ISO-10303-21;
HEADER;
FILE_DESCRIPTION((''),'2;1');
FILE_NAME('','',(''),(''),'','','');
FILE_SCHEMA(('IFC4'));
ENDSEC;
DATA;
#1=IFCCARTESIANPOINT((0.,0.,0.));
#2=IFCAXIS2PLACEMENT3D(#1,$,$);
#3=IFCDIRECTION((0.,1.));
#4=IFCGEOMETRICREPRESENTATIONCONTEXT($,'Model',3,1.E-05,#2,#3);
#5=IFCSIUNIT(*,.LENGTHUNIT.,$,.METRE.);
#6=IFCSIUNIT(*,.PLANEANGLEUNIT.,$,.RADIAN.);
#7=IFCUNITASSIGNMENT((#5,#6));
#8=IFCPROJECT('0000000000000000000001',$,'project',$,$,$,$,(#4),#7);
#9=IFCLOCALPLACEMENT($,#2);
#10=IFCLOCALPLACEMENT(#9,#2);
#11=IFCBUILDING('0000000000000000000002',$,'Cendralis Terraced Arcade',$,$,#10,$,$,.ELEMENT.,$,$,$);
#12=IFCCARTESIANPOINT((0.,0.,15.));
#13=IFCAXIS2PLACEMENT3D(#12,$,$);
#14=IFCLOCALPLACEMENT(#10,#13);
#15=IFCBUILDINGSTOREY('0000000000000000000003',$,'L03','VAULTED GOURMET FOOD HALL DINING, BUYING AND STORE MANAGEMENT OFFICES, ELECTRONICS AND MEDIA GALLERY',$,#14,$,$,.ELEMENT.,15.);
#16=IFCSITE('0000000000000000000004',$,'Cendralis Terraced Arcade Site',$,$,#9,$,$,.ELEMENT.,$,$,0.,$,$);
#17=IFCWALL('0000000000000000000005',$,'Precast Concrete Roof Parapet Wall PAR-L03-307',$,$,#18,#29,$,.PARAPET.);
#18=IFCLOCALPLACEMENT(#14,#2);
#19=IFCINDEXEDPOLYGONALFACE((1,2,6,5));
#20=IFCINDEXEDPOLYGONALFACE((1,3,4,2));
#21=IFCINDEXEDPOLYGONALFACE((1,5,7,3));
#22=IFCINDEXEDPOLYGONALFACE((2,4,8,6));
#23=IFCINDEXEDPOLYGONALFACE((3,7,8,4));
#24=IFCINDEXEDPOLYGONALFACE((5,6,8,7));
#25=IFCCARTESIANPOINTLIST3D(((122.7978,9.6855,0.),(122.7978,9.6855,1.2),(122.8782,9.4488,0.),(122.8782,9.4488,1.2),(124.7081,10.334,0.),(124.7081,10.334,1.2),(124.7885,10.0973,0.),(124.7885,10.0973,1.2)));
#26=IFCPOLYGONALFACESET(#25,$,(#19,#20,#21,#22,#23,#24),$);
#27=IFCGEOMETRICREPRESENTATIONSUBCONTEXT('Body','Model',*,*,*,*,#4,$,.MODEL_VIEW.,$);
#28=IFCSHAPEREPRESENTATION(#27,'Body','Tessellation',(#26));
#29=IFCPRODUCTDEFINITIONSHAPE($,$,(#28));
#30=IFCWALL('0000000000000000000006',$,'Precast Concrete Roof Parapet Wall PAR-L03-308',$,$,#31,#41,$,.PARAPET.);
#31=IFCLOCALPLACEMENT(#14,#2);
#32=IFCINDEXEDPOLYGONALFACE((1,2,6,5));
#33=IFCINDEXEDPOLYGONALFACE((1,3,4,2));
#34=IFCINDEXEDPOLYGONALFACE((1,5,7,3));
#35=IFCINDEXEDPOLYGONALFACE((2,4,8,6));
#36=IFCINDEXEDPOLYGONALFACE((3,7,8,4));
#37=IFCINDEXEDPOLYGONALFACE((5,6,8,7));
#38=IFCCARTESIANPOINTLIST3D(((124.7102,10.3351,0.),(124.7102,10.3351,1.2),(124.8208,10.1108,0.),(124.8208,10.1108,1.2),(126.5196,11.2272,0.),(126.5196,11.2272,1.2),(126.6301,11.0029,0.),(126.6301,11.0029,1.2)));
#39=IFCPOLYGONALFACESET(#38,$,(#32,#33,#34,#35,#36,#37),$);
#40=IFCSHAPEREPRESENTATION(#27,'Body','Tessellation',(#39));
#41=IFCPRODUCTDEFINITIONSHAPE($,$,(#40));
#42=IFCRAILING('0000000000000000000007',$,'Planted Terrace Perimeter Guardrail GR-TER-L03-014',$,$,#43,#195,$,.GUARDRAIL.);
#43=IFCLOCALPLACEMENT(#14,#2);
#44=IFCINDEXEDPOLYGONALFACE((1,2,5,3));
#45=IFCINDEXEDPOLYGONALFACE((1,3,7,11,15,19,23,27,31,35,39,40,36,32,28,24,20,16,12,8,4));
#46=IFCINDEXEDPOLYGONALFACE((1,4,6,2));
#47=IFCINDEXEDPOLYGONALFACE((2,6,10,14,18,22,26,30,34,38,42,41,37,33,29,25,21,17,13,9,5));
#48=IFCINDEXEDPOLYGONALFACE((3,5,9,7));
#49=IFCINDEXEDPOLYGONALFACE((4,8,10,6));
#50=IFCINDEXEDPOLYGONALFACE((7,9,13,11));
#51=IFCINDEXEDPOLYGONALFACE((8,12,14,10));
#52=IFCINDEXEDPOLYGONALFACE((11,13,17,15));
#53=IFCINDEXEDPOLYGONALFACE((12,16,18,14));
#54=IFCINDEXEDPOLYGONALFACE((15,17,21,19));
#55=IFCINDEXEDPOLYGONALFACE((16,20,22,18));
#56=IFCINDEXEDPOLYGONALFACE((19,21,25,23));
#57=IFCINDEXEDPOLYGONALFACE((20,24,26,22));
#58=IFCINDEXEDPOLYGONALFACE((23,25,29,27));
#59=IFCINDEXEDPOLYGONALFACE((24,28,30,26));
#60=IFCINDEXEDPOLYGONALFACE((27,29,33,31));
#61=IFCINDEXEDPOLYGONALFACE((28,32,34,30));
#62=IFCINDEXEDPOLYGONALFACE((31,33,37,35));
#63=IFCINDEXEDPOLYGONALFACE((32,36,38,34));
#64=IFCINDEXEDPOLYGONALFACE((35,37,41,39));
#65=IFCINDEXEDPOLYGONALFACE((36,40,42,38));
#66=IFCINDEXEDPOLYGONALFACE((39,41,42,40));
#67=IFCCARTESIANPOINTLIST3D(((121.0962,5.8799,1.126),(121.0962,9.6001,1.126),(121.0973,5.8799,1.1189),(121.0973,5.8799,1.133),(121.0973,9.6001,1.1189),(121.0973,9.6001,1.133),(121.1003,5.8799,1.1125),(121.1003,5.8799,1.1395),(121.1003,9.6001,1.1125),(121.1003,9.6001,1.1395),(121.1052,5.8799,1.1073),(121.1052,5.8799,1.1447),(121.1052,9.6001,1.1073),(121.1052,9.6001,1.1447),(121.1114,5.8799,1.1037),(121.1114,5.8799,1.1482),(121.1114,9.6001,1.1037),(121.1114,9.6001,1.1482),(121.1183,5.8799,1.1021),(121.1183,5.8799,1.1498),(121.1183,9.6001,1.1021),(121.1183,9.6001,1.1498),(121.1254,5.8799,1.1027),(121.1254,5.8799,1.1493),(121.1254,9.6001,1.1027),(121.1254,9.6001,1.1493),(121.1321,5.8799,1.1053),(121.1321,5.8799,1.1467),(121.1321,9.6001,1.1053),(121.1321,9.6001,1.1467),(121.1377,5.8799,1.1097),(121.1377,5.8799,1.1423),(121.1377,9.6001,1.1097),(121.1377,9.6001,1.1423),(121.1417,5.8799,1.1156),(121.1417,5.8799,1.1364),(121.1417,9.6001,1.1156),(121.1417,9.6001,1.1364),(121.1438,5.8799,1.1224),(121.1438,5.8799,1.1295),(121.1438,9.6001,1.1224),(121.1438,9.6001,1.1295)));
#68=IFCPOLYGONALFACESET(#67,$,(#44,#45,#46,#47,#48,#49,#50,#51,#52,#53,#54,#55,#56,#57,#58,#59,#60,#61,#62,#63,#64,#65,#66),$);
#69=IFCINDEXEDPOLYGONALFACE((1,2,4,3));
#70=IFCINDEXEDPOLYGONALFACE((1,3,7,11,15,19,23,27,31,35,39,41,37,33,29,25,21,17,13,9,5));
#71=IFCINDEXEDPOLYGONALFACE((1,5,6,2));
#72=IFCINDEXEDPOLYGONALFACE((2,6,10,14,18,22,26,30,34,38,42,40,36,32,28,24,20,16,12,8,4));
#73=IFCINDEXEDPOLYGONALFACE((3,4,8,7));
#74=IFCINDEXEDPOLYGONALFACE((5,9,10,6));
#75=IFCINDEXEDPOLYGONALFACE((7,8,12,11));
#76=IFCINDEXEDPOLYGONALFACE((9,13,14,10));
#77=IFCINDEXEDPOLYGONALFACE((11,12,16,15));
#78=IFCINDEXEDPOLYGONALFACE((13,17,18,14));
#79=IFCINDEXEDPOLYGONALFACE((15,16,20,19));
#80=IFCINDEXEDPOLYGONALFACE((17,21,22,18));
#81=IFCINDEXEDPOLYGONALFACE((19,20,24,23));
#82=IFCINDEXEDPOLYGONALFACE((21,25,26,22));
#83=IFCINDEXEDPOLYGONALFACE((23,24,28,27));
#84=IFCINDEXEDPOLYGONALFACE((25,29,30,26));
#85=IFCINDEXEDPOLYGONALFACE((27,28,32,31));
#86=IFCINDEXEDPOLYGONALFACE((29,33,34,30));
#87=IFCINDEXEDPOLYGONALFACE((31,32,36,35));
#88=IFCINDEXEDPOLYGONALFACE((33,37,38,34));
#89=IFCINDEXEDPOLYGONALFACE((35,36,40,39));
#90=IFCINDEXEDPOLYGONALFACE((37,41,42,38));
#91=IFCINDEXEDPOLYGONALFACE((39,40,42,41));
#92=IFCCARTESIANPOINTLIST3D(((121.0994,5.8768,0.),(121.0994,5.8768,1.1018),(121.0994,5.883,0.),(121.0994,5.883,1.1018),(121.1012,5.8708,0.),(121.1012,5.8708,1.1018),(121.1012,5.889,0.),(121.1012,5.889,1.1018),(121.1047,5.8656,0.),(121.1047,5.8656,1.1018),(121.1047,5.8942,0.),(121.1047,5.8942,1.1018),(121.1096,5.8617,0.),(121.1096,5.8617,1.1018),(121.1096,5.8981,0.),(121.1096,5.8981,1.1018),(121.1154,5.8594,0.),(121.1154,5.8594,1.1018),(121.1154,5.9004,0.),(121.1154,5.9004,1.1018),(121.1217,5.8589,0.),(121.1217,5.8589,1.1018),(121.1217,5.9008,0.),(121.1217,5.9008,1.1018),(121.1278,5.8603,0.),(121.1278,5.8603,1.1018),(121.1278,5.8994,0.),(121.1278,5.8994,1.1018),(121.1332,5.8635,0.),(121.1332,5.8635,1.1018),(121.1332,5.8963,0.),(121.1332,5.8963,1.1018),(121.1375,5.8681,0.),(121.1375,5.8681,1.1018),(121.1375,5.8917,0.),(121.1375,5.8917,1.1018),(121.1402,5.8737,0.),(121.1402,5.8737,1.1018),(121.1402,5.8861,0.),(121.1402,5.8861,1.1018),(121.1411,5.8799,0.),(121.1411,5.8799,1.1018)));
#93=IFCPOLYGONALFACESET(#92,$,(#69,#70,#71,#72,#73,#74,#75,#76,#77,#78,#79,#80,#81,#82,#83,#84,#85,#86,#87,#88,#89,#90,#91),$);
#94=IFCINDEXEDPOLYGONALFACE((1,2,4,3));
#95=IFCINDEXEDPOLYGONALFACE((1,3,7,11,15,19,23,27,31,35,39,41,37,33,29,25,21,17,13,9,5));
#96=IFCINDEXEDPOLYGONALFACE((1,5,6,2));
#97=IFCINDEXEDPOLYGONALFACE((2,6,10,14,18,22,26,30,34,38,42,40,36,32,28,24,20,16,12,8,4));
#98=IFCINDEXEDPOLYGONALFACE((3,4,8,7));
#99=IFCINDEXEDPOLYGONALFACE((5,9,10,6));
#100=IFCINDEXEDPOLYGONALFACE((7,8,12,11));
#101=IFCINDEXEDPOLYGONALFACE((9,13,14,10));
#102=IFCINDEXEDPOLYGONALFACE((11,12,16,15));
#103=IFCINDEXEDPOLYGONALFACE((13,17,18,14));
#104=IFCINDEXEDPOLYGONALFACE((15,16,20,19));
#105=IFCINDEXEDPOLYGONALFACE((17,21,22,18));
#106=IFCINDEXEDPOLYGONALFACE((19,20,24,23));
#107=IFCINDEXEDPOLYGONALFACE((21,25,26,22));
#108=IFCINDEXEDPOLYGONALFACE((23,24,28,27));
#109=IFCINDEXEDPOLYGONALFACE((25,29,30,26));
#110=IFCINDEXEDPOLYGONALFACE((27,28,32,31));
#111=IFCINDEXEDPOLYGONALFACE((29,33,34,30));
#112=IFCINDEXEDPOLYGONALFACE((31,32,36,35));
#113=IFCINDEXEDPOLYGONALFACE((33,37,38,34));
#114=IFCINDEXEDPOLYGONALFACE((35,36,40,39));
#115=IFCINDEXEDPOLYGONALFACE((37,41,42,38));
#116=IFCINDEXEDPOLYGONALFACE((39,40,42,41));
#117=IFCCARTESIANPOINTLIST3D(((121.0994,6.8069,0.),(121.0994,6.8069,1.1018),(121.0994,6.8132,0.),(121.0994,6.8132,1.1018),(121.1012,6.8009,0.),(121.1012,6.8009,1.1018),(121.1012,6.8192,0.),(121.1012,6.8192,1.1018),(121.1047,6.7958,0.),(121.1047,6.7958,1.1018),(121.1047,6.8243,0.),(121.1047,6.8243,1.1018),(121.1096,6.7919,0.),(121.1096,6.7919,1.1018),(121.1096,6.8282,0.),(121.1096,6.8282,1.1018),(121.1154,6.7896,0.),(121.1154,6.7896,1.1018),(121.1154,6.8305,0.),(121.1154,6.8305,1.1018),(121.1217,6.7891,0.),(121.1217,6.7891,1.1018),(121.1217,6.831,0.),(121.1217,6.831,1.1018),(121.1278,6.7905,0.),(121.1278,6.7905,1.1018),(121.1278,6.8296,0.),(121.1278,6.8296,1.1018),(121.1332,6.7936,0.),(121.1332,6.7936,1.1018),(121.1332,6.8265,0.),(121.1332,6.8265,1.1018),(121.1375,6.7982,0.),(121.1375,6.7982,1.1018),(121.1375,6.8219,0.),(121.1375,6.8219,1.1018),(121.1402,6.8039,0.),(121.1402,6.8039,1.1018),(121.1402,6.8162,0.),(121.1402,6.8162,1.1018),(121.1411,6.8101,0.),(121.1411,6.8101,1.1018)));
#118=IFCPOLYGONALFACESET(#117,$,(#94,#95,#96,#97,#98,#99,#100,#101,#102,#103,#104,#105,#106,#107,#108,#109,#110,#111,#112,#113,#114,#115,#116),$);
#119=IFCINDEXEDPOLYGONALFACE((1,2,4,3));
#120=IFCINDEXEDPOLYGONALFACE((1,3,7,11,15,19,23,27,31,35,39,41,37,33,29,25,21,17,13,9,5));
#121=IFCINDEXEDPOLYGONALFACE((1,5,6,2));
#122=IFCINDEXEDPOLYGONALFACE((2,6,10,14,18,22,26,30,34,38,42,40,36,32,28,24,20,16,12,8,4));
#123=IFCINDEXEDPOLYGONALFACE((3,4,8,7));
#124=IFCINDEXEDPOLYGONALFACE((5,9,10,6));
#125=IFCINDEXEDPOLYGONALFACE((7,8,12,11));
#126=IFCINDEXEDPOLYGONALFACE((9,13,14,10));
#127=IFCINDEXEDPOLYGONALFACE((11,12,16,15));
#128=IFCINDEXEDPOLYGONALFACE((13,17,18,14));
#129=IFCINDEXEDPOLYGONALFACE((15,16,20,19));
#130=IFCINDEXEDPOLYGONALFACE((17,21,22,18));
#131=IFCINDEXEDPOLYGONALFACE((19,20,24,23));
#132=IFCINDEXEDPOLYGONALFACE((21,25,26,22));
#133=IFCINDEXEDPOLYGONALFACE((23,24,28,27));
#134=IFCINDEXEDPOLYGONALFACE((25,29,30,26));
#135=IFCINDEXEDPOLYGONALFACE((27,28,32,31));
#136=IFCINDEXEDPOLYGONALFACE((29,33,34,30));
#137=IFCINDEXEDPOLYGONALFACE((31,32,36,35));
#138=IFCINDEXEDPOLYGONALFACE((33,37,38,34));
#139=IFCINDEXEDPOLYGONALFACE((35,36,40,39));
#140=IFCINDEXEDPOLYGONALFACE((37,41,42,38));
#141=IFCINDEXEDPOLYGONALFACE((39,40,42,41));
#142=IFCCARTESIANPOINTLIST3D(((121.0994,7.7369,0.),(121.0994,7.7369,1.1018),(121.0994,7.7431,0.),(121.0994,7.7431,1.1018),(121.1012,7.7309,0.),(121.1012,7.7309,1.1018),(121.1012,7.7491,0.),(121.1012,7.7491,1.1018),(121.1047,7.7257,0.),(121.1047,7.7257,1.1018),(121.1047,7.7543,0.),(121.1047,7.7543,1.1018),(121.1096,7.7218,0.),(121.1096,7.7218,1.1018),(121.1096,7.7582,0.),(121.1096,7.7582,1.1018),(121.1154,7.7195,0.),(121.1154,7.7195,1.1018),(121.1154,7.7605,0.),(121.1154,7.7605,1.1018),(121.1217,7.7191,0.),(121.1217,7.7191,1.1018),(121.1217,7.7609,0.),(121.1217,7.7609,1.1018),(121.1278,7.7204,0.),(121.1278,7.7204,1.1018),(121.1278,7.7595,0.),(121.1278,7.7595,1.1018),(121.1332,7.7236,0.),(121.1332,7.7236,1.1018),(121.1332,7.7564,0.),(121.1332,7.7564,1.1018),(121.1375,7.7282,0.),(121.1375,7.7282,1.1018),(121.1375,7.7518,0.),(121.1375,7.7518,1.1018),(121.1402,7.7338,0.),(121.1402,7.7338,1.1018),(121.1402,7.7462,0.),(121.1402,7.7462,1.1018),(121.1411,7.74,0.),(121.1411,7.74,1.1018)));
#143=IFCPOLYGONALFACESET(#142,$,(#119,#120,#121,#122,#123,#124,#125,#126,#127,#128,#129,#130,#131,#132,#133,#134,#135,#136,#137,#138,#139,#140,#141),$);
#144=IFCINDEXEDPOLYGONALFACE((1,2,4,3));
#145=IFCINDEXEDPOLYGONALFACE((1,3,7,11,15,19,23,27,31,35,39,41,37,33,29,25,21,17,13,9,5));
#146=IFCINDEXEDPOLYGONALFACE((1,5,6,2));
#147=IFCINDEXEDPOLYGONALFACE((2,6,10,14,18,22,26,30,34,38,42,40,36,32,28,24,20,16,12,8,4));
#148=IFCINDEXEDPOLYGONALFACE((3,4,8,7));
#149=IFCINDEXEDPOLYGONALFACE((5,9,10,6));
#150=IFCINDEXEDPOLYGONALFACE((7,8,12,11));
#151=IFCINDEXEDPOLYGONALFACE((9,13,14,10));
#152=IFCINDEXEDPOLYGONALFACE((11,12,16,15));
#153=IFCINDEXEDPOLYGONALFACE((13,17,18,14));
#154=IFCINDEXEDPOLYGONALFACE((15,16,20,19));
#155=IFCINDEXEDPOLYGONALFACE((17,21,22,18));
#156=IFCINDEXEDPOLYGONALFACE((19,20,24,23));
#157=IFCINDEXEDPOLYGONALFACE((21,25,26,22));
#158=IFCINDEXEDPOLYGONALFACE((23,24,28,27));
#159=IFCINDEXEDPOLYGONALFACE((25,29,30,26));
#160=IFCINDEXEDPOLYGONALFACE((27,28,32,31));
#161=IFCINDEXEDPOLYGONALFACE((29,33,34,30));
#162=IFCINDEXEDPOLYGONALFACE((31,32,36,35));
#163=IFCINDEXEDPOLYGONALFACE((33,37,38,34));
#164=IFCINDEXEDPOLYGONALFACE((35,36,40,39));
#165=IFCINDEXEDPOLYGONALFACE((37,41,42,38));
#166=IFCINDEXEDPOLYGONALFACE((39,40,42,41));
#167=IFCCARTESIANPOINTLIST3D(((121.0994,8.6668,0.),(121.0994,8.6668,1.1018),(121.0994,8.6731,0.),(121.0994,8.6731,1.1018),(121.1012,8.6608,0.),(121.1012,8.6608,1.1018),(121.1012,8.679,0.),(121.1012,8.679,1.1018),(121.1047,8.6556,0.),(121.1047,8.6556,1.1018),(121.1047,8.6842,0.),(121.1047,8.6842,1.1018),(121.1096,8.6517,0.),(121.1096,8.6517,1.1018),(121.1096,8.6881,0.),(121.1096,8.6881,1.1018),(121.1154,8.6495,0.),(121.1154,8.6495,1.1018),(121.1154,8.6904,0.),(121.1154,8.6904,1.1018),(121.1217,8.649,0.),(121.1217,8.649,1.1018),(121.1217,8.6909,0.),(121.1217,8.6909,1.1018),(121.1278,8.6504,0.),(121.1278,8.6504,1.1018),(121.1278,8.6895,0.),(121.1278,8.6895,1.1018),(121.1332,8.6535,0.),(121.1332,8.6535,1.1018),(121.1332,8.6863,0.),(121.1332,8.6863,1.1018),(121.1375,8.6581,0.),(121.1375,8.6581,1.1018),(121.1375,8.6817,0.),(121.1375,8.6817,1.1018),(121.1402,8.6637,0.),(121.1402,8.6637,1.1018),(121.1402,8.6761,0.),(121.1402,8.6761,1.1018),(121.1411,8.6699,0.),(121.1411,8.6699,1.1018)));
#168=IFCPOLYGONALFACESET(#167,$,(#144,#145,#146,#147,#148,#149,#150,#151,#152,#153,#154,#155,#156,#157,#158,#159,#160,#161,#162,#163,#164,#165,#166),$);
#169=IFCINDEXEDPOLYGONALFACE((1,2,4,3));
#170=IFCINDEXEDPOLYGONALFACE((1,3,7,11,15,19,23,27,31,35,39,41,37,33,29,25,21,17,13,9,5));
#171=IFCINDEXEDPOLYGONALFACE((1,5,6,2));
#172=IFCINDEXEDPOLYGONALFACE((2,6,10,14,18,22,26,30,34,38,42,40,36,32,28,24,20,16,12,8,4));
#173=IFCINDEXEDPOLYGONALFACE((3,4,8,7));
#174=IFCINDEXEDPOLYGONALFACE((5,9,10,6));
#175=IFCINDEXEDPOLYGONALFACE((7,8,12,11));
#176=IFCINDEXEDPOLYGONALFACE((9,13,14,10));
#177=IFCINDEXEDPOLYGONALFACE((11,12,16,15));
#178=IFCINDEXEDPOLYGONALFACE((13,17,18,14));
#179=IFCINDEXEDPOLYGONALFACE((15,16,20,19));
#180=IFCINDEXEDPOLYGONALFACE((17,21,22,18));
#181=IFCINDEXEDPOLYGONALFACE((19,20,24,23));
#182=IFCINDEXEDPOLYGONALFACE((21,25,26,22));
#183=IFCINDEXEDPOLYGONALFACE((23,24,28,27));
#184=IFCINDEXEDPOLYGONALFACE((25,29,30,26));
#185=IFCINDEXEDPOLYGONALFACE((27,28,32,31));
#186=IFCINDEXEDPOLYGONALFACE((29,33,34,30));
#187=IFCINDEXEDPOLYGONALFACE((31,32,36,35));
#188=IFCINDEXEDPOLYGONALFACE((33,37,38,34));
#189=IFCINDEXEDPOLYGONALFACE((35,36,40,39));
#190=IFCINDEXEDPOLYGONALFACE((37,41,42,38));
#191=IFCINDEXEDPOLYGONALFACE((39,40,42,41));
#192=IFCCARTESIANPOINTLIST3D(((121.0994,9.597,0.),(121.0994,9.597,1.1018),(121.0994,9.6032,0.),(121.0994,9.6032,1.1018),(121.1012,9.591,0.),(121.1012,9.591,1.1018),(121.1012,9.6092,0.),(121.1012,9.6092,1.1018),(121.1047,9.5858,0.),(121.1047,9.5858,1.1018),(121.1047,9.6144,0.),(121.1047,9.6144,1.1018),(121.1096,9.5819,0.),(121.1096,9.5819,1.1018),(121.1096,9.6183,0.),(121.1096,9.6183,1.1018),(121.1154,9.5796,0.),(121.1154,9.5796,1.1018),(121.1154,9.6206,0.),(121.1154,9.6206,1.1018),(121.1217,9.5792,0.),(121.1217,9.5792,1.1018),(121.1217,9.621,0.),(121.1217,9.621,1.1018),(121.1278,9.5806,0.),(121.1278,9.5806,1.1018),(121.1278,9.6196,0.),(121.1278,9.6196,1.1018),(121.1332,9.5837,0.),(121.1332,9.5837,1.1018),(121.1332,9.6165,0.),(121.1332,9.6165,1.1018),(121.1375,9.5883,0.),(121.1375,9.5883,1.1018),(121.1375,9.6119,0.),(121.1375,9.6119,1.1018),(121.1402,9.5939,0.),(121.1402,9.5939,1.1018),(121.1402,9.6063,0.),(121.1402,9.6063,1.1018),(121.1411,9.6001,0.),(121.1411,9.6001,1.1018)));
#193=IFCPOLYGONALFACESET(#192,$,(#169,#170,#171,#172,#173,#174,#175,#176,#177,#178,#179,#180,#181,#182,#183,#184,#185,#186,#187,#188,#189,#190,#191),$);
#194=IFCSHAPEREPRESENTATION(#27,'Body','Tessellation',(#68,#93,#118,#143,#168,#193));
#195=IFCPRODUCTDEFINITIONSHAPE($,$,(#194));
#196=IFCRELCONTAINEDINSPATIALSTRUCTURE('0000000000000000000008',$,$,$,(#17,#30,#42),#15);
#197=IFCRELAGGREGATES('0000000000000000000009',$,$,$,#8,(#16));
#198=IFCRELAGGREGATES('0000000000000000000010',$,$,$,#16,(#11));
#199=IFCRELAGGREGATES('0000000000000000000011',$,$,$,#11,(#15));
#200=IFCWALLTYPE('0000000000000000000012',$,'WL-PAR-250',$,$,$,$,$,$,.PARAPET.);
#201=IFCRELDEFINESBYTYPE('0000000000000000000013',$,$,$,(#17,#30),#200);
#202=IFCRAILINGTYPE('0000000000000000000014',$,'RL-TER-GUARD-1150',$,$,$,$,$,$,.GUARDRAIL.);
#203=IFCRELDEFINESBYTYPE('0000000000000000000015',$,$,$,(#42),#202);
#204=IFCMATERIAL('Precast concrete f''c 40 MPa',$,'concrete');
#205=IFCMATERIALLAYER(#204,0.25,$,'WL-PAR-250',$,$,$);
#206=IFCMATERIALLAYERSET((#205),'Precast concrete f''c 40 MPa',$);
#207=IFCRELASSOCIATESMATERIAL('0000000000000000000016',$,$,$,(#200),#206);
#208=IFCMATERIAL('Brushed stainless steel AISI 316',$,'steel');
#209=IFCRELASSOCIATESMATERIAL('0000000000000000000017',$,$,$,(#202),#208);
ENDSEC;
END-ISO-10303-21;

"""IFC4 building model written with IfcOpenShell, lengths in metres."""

from ifc_helpers import new_model, si_unit, direction, frame, frame_2d, origin, origin_2d, place, context, subcontext, project, spatial, rectangle, circle, extrude, material, layer, layer_set, type_object, element, save


model = new_model("IFC4")

# Units and contexts
model_context = context("Model", 3, precision=1e-05, world=origin(), true_north=direction((0.0, 1.0)))
body_context = subcontext(model_context, "Body", "Model", "MODEL_VIEW")
ifc_project = project(units=[si_unit("LENGTHUNIT", "METRE"), si_unit("PLANEANGLEUNIT", "RADIAN")], contexts=[model_context])

# Site, building, storey
site_placement = place(None, origin())
site = spatial("IfcSite", under=ifc_project, at=site_placement, Name="Cendralis Terraced Arcade Site", CompositionType="ELEMENT", RefElevation=0.0)
building_placement = place(site_placement, origin())
building = spatial("IfcBuilding", under=site, at=building_placement, Name="Cendralis Terraced Arcade", CompositionType="ELEMENT")
storey_placement = place(building_placement, frame((0.0, 0.0, 15.0)))
storey = spatial("IfcBuildingStorey", under=building, at=storey_placement, Name="L03", Description="VAULTED GOURMET FOOD HALL DINING, BUYING AND STORE MANAGEMENT OFFICES, ELECTRONICS AND MEDIA GALLERY", CompositionType="ELEMENT", Elevation=15.0)

# Walls
ifc_material_1 = material(Name="Precast concrete f'c 40 MPa", Category="concrete")
ifc_layer_1 = layer(ifc_material_1, 0.25, Name="WL-PAR-250")
ifc_layer_set_1 = layer_set([ifc_layer_1], Name="Precast concrete f'c 40 MPa")
wall_type_1 = type_object("IfcWallType", Name="WL-PAR-250", PredefinedType="PARAPET", material=ifc_layer_set_1)
for number, where, z_axis, x_axis, name in (
    (1, (122.8379, 9.5671, 0.0), (0.0, 0.0, 1.0), (0.946926, 0.321451, 0.0), "Precast Concrete Roof Parapet Wall PAR-L03-307"),
    (2, (124.7654, 10.2229, 0.0), (0.0, 0.0, 1.0), (0.896906, 0.44222, 0.0), "Precast Concrete Roof Parapet Wall PAR-L03-308"),
):
    element("IfcWall", number, at=place(storey_placement, frame(where, z_axis=z_axis, x_axis=x_axis)), inside=storey, type_object=wall_type_1, Name=name, PredefinedType="PARAPET", context=body_context, shape_type="SweptSolid", body=[
        extrude(rectangle(XDim=2.0173, YDim=0.25, at=frame_2d((1.0088, 0.0))), origin(), (0.0, 0.0, 1.0), 1.2),
    ])

# Railing
ifc_material_2 = material(Name="Brushed stainless steel AISI 316", Category="steel")
railing_type = type_object("IfcRailingType", Name="RL-TER-GUARD-1150", PredefinedType="GUARDRAIL", material=ifc_material_2)
railing_placement = place(storey_placement, frame((121.1201, 5.8799, 0.0)))
element("IfcRailing", 3, at=railing_placement, inside=storey, type_object=railing_type, Name="Planted Terrace Perimeter Guardrail GR-TER-L03-014", PredefinedType="GUARDRAIL", context=body_context, shape_type="SweptSolid", body=[
    extrude(circle(Radius=0.0239, at=origin_2d()), frame((0.0, 0.0, 1.126), z_axis=(0.0, 1.0, 0.0), x_axis=(-1.0, 0.0, 0.0)), (0.0, 0.0, 1.0), 3.7202),
    extrude(circle(Radius=0.021, at=origin_2d()), origin(), (0.0, 0.0, 1.0), 1.1018),
    extrude(circle(Radius=0.021, at=origin_2d()), frame((0.0, 0.9302, 0.0)), (0.0, 0.0, 1.0), 1.1018),
    extrude(circle(Radius=0.021, at=origin_2d()), frame((0.0, 1.8601, 0.0)), (0.0, 0.0, 1.0), 1.1018),
    extrude(circle(Radius=0.021, at=origin_2d()), frame((0.0, 2.79, 0.0)), (0.0, 0.0, 1.0), 1.1018),
    extrude(circle(Radius=0.021, at=origin_2d()), frame((0.0, 3.7202, 0.0)), (0.0, 0.0, 1.0), 1.1018),
])

save(model, "model.ifc")
